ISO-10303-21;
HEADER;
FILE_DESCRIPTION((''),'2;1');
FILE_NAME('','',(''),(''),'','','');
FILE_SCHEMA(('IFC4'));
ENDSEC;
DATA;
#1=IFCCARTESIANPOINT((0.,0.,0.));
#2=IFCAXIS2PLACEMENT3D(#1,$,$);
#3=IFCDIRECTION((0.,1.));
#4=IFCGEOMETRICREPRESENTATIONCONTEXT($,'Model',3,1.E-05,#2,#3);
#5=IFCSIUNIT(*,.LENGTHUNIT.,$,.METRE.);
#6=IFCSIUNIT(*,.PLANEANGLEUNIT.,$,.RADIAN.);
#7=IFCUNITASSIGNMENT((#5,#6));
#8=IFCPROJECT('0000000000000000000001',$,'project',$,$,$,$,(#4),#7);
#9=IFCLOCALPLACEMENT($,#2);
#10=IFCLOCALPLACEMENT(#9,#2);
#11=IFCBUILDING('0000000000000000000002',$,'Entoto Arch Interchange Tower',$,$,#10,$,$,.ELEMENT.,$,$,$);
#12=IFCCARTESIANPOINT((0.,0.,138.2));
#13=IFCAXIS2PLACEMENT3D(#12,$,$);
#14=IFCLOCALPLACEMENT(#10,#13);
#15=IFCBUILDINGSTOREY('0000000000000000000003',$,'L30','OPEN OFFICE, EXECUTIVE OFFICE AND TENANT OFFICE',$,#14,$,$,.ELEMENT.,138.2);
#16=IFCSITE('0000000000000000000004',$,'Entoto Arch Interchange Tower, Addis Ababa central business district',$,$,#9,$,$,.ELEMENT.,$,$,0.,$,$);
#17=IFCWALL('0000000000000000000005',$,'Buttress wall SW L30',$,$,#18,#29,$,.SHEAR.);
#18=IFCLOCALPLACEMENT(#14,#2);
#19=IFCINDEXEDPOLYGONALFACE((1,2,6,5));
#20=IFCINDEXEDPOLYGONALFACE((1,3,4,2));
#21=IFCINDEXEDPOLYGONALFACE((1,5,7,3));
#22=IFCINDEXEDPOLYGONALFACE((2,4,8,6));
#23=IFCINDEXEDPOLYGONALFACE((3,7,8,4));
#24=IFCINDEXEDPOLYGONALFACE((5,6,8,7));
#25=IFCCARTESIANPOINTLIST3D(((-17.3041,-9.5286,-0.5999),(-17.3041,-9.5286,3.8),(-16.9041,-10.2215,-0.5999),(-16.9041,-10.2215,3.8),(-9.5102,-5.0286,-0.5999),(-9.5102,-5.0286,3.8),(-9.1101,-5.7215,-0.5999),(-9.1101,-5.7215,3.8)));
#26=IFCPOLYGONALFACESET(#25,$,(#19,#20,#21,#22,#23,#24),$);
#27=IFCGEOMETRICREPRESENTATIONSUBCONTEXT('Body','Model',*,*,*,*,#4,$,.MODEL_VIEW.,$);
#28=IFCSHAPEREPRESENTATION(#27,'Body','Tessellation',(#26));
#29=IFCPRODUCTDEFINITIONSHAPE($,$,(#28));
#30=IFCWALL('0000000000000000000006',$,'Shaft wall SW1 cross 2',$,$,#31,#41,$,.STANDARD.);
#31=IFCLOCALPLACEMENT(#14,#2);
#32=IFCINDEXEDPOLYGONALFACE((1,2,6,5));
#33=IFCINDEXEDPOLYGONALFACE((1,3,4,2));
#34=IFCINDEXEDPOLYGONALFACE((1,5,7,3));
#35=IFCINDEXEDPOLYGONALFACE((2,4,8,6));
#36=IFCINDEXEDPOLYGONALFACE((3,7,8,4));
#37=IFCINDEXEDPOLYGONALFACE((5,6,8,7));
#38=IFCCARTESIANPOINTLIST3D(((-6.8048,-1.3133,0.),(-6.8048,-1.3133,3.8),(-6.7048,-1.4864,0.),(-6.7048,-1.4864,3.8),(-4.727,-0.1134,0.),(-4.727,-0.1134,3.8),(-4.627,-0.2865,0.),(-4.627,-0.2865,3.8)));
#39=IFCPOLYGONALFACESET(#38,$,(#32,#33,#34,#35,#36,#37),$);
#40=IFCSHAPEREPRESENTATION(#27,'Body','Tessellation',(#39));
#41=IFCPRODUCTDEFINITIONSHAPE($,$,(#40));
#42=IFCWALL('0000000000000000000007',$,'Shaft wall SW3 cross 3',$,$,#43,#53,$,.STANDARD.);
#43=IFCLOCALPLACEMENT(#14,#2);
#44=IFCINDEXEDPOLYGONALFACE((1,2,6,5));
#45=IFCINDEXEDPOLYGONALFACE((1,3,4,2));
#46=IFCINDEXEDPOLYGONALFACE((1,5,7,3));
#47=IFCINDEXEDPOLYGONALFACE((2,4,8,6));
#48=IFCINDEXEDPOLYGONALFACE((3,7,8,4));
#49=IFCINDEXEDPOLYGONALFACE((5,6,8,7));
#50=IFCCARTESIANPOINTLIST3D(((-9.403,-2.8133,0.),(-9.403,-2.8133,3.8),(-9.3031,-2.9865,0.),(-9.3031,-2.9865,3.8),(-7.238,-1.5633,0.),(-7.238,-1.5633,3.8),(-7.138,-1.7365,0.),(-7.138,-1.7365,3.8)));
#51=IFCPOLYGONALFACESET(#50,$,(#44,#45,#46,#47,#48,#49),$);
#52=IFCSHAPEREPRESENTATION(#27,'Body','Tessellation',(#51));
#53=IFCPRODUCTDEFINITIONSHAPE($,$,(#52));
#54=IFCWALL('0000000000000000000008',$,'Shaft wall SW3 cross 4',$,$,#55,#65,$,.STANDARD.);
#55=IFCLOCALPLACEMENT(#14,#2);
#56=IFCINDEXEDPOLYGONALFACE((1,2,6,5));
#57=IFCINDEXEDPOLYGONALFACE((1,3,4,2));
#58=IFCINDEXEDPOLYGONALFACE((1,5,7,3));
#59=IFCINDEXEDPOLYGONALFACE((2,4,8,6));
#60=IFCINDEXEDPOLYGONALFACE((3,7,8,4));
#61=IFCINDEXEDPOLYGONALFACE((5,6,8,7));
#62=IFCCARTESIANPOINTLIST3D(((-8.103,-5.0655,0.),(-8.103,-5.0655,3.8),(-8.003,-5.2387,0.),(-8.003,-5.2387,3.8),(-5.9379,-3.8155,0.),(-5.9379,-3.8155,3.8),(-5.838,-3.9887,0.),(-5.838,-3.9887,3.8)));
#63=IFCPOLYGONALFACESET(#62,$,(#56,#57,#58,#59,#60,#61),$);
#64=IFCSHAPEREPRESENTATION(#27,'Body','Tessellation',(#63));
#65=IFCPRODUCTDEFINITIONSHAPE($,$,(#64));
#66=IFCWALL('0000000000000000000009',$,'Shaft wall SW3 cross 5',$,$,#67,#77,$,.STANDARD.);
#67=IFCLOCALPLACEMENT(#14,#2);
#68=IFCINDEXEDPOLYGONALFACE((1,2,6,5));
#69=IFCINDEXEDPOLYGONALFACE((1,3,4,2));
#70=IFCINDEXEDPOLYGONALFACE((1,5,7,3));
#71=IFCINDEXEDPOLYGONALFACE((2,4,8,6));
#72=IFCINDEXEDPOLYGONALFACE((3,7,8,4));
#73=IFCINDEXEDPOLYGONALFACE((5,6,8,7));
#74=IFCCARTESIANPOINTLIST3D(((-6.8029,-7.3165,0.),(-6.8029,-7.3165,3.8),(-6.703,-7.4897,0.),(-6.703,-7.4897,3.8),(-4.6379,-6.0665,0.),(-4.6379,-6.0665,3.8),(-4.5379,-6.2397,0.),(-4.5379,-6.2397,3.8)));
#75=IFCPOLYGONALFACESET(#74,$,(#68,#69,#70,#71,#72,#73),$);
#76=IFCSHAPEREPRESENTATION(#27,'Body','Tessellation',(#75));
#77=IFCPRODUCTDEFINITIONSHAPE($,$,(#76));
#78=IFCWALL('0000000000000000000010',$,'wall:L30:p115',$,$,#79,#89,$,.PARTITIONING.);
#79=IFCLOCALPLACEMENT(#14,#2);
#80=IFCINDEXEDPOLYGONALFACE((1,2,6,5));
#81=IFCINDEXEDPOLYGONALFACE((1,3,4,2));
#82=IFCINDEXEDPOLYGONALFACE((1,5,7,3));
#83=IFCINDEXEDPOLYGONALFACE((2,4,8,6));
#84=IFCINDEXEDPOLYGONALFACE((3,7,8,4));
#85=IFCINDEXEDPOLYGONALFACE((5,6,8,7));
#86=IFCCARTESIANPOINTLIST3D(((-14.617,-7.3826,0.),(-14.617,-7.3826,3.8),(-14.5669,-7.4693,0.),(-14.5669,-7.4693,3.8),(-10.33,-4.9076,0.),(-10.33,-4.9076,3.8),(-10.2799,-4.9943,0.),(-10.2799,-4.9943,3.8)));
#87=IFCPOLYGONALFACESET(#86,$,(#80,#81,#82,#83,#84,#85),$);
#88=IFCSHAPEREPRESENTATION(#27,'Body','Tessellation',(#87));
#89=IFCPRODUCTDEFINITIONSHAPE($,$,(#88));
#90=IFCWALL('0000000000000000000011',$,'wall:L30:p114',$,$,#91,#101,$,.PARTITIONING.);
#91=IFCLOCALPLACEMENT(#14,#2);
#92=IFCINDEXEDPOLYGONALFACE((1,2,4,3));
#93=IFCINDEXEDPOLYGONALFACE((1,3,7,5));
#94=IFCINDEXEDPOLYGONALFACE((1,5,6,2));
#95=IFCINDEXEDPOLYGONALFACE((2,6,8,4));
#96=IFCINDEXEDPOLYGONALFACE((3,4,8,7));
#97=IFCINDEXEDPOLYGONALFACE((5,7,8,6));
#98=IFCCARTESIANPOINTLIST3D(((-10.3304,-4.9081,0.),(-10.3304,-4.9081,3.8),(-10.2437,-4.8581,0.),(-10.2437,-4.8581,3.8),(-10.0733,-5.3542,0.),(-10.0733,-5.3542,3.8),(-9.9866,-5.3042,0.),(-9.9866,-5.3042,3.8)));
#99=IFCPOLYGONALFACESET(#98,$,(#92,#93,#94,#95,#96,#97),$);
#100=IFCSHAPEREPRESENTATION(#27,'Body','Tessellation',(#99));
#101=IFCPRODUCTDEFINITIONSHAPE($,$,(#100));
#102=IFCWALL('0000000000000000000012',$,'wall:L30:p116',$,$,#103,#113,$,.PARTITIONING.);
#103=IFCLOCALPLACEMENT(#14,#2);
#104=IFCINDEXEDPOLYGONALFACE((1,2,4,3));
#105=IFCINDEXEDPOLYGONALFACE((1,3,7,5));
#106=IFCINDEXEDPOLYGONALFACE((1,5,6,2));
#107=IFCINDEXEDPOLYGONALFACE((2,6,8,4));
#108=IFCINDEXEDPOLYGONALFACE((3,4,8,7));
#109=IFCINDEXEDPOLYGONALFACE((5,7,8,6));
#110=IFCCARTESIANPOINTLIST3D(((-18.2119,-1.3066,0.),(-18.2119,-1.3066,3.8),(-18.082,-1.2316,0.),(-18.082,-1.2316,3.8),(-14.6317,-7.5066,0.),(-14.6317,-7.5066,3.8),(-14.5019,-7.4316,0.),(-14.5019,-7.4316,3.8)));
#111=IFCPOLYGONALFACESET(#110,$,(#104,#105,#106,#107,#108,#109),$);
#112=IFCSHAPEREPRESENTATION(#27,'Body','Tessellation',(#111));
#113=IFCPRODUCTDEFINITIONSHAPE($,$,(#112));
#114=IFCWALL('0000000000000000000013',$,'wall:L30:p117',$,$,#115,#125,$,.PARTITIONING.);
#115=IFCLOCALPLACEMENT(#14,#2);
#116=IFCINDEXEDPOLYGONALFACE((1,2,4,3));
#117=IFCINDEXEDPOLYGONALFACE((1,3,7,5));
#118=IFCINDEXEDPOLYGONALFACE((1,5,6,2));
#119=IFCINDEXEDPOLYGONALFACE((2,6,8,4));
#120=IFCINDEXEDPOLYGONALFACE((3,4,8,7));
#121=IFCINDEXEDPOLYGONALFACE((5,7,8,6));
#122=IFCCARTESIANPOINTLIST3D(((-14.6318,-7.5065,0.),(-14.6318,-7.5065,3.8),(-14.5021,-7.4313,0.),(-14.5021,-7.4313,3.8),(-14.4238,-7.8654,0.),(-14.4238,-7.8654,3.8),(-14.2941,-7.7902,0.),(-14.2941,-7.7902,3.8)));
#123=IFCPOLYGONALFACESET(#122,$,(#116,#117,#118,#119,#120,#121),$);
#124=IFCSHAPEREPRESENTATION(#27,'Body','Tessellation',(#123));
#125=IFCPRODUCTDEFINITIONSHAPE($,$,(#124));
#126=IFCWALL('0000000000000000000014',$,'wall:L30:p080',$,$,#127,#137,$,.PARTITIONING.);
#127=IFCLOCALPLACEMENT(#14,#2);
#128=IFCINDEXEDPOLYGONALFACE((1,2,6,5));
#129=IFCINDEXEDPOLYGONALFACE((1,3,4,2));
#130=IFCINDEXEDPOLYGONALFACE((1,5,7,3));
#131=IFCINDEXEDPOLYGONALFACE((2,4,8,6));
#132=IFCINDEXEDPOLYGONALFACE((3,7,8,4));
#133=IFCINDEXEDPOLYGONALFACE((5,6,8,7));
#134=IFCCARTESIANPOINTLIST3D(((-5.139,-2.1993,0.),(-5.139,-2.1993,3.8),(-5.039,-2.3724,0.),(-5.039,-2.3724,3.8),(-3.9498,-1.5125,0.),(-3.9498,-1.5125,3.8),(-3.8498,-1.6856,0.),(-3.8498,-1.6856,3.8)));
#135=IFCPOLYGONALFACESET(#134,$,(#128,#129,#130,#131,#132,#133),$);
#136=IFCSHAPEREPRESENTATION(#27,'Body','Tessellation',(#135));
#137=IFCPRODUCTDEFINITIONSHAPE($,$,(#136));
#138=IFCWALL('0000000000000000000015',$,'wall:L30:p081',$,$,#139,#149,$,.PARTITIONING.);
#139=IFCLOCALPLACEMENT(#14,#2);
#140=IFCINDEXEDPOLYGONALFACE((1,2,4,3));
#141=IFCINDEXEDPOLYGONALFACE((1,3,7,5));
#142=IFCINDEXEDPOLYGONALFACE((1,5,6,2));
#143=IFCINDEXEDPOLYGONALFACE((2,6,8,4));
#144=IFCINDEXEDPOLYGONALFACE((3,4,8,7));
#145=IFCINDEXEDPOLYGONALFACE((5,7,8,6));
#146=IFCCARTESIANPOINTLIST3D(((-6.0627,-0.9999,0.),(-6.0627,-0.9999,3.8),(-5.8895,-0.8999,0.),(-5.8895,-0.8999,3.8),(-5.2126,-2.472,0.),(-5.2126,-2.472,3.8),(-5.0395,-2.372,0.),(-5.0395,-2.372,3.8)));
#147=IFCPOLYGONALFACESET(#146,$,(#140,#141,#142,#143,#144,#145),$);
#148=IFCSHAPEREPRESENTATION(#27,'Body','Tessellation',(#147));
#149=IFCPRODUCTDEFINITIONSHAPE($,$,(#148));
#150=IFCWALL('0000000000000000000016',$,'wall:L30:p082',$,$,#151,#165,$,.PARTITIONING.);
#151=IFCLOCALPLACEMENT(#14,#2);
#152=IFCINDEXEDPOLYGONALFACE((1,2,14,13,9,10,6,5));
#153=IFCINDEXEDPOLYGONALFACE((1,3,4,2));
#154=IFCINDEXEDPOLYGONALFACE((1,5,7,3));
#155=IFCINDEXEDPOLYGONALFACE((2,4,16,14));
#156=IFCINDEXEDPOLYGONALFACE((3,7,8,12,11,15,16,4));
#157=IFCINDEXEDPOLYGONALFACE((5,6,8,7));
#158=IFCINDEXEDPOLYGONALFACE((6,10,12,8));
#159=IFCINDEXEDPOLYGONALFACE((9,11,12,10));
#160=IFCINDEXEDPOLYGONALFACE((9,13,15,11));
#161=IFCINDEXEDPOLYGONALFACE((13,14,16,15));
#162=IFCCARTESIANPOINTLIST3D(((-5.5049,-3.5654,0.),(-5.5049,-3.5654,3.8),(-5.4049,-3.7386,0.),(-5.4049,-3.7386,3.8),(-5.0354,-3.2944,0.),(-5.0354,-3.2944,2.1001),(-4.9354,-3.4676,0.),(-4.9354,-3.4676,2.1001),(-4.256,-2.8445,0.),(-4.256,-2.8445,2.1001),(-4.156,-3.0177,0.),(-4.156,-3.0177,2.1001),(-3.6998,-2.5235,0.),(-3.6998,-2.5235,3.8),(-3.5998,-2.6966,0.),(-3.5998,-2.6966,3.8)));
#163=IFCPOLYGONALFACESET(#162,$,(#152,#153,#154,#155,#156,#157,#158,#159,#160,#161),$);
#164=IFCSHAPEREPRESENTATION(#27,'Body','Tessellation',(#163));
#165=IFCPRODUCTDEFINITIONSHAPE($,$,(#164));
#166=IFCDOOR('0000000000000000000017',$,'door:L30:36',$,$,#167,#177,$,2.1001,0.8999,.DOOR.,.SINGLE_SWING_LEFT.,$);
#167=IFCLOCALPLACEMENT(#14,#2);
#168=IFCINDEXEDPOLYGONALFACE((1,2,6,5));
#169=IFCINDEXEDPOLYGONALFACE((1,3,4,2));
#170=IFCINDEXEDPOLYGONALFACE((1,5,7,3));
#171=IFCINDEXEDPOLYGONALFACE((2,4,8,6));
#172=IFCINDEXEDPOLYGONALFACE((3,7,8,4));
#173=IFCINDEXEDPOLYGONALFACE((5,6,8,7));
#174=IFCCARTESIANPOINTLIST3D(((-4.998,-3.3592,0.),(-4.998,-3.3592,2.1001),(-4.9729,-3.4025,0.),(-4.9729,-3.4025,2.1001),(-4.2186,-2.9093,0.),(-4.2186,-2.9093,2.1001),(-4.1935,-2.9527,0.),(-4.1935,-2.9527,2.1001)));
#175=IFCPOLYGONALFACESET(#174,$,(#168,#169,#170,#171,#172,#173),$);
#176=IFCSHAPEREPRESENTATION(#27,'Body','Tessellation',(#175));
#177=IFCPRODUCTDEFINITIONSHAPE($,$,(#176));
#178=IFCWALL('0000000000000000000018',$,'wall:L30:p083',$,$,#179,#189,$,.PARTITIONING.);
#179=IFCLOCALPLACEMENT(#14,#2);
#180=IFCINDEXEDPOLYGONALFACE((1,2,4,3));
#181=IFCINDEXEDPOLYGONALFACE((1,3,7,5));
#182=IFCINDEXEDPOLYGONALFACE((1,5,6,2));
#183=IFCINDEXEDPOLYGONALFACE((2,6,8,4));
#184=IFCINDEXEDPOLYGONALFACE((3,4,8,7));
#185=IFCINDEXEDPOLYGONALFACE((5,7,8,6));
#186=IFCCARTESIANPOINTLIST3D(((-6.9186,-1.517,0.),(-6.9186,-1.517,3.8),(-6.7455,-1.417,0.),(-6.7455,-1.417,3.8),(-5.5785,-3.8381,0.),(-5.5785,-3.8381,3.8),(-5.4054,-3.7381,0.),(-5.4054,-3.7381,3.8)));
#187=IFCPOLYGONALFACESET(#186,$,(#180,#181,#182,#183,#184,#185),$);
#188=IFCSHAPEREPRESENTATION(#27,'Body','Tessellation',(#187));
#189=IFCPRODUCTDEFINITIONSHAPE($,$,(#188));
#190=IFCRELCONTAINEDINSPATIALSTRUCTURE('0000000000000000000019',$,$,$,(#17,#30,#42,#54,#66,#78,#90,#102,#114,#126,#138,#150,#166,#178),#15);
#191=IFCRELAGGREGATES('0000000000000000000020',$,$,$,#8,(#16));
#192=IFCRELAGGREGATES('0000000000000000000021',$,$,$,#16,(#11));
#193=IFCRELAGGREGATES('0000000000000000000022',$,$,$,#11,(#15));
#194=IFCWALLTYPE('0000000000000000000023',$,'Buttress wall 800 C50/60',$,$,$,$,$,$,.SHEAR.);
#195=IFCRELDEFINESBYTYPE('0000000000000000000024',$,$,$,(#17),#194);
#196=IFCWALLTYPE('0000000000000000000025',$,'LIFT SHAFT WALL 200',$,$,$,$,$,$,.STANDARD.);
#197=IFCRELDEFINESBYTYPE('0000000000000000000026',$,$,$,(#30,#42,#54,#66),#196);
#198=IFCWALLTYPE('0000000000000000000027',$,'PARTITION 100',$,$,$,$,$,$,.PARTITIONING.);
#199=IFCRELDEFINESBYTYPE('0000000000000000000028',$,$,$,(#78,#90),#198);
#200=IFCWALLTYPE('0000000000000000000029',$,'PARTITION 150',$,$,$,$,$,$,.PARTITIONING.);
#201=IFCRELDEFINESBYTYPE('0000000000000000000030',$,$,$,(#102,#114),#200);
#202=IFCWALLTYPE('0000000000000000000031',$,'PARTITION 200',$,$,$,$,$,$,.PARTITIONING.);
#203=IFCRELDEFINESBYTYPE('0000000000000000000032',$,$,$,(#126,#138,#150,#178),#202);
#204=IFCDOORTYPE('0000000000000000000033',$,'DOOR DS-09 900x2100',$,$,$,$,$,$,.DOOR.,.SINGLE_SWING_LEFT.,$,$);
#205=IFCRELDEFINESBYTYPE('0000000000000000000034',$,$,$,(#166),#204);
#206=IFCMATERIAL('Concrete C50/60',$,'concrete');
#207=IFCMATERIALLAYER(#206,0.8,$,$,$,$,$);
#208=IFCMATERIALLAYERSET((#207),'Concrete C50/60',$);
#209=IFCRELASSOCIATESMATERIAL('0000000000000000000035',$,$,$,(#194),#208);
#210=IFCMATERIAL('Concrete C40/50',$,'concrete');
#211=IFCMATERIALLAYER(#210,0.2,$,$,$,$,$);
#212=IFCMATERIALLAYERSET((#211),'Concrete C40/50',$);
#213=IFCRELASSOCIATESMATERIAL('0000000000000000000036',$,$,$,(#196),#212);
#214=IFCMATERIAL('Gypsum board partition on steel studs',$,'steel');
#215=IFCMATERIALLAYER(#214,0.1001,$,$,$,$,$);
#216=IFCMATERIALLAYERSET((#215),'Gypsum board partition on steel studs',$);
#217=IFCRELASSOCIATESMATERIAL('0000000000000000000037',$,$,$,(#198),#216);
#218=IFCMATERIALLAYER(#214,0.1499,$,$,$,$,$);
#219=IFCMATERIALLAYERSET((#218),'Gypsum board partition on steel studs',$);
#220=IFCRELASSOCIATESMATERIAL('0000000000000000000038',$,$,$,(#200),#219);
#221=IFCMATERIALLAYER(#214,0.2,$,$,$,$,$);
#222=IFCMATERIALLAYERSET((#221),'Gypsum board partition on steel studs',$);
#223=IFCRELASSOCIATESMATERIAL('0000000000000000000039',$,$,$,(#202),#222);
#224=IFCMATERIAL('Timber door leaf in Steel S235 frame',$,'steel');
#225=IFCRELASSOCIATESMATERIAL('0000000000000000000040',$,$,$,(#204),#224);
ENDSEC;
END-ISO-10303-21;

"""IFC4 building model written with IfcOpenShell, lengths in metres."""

from ifc_helpers import new_model, si_unit, direction, frame, frame_2d, origin, place, context, subcontext, project, spatial, rectangle, extrude, material, layer, layer_set, type_object, element, fill, save


model = new_model("IFC4")

# Units and contexts
model_context = context("Model", 3, precision=1e-05, world=origin(), true_north=direction((0.0, 1.0)))
body_context = subcontext(model_context, "Body", "Model", "MODEL_VIEW")
ifc_project = project(units=[si_unit("LENGTHUNIT", "METRE"), si_unit("PLANEANGLEUNIT", "RADIAN")], contexts=[model_context])

# Site, building, storey
site_placement = place(None, origin())
site = spatial("IfcSite", under=ifc_project, at=site_placement, Name="Entoto Arch Interchange Tower, Addis Ababa central business district", CompositionType="ELEMENT", RefElevation=0.0)
building_placement = place(site_placement, origin())
building = spatial("IfcBuilding", under=site, at=building_placement, Name="Entoto Arch Interchange Tower", CompositionType="ELEMENT")
storey_placement = place(building_placement, frame((0.0, 0.0, 138.2)))
storey = spatial("IfcBuildingStorey", under=building, at=storey_placement, Name="L30", Description="OPEN OFFICE, EXECUTIVE OFFICE AND TENANT OFFICE", CompositionType="ELEMENT", Elevation=138.2)

# Walls
ifc_material_1 = material(Name="Concrete C50/60", Category="concrete")
ifc_layer_1 = layer(ifc_material_1, 0.8)
ifc_layer_set_1 = layer_set([ifc_layer_1], Name="Concrete C50/60")
wall_type_1 = type_object("IfcWallType", Name="Buttress wall 800 C50/60", PredefinedType="SHEAR", material=ifc_layer_set_1)
wall_1_placement = place(storey_placement, frame((-9.3101, -5.375, -0.5999), z_axis=(0.0, 0.0, 1.0), x_axis=(-0.866018, -0.500014, 0.0)))
element("IfcWall", 1, at=wall_1_placement, inside=storey, type_object=wall_type_1, Name="Buttress wall SW L30", PredefinedType="SHEAR", context=body_context, shape_type="SweptSolid", body=[
    extrude(rectangle(XDim=8.9998, YDim=0.8, at=frame_2d((4.5, 0.0))), origin(), (0.0, 0.0, 1.0), 4.3999),
])
ifc_material_2 = material(Name="Concrete C40/50", Category="concrete")
ifc_layer_2 = layer(ifc_material_2, 0.2)
ifc_layer_set_2 = layer_set([ifc_layer_2], Name="Concrete C40/50")
wall_type_2 = type_object("IfcWallType", Name="LIFT SHAFT WALL 200", PredefinedType="STANDARD", material=ifc_layer_set_2)
wall_2_placement = place(storey_placement, frame((-4.677, -0.2, 0.0), z_axis=(0.0, 0.0, 1.0), x_axis=(-0.865974, -0.500089, 0.0)))
element("IfcWall", 2, at=wall_2_placement, inside=storey, type_object=wall_type_2, Name="Shaft wall SW1 cross 2", PredefinedType="STANDARD", context=body_context, shape_type="SweptSolid", body=[
    extrude(rectangle(XDim=2.3994, YDim=0.2, at=frame_2d((1.1997, 0.0))), origin(), (0.0, 0.0, 1.0), 3.8),
])
for number, where, z_axis, x_axis, name in (
    (3, (-7.188, -1.6499, 0.0), (0.0, 0.0, 1.0), (-0.866023, -0.500004, 0.0), "Shaft wall SW3 cross 3"),
    (4, (-5.8879, -3.9021, 0.0), (0.0, 0.0, 1.0), (-0.866023, -0.500004, 0.0), "Shaft wall SW3 cross 4"),
    (5, (-4.5879, -6.1531, 0.0), (0.0, 0.0, 1.0), (-0.866023, -0.500004, 0.0), "Shaft wall SW3 cross 5"),
):
    element("IfcWall", number, at=place(storey_placement, frame(where, z_axis=z_axis, x_axis=x_axis)), inside=storey, type_object=wall_type_2, Name=name, PredefinedType="STANDARD", context=body_context, shape_type="SweptSolid", body=[
        extrude(rectangle(XDim=2.5, YDim=0.2, at=frame_2d((1.25, 0.0))), origin(), (0.0, 0.0, 1.0), 3.8),
    ])
ifc_material_3 = material(Name="Gypsum board partition on steel studs", Category="steel")
ifc_layer_3 = layer(ifc_material_3, 0.1001)
ifc_layer_set_3 = layer_set([ifc_layer_3], Name="Gypsum board partition on steel studs")
wall_type_3 = type_object("IfcWallType", Name="PARTITION 100", PredefinedType="PARTITIONING", material=ifc_layer_set_3)
wall_3_placement = place(storey_placement, frame((-10.3049, -4.9509, 0.0), z_axis=(0.0, 0.0, 1.0), x_axis=(-0.866031, -0.49999, 0.0)))
element("IfcWall", 6, at=wall_3_placement, inside=storey, type_object=wall_type_3, Name="wall:L30:p115", PredefinedType="PARTITIONING", context=body_context, shape_type="SweptSolid", body=[
    extrude(rectangle(XDim=4.9502, YDim=0.1001, at=frame_2d((2.4751, 0.0))), origin(), (0.0, 0.0, 1.0), 3.8),
])
wall_4_placement = place(storey_placement, frame((-10.03, -5.3291, 0.0), z_axis=(0.0, 0.0, 1.0), x_axis=(-0.499353, 0.866399, 0.0)))
element("IfcWall", 7, at=wall_4_placement, inside=storey, type_object=wall_type_3, Name="wall:L30:p114", PredefinedType="PARTITIONING", context=body_context, shape_type="SweptSolid", body=[
    extrude(rectangle(XDim=0.5149, YDim=0.1001, at=frame_2d((0.2573, 0.0))), origin(), (0.0, 0.0, 1.0), 3.8),
])
ifc_layer_4 = layer(ifc_material_3, 0.1499)
ifc_layer_set_4 = layer_set([ifc_layer_4], Name="Gypsum board partition on steel studs")
wall_type_4 = type_object("IfcWallType", Name="PARTITION 150", PredefinedType="PARTITIONING", material=ifc_layer_set_4)
wall_5_placement = place(storey_placement, frame((-14.5669, -7.469, 0.0), z_axis=(0.0, 0.0, 1.0), x_axis=(-0.500056, 0.865993, 0.0)))
element("IfcWall", 8, at=wall_5_placement, inside=storey, type_object=wall_type_4, Name="wall:L30:p116", PredefinedType="PARTITIONING", context=body_context, shape_type="SweptSolid", body=[
    extrude(rectangle(XDim=7.1594, YDim=0.1499, at=frame_2d((3.5796, 0.0))), origin(), (0.0, 0.0, 1.0), 3.8),
])
wall_6_placement = place(storey_placement, frame((-14.3589, -7.8279, 0.0), z_axis=(0.0, 0.0, 1.0), x_axis=(-0.501454, 0.865184, 0.0)))
element("IfcWall", 9, at=wall_6_placement, inside=storey, type_object=wall_type_4, Name="wall:L30:p117", PredefinedType="PARTITIONING", context=body_context, shape_type="SweptSolid", body=[
    extrude(rectangle(XDim=0.4148, YDim=0.1499, at=frame_2d((0.2075, 0.0))), origin(), (0.0, 0.0, 1.0), 3.8),
])
ifc_layer_5 = layer(ifc_material_3, 0.2)
ifc_layer_set_5 = layer_set([ifc_layer_5], Name="Gypsum board partition on steel studs")
wall_type_5 = type_object("IfcWallType", Name="PARTITION 200", PredefinedType="PARTITIONING", material=ifc_layer_set_5)
wall_7_placement = place(storey_placement, frame((-3.8999, -1.5991, 0.0), z_axis=(0.0, 0.0, 1.0), x_axis=(-0.865969, -0.500097, 0.0)))
element("IfcWall", 10, at=wall_7_placement, inside=storey, type_object=wall_type_5, Name="wall:L30:p080", PredefinedType="PARTITIONING", context=body_context, shape_type="SweptSolid", body=[
    extrude(rectangle(XDim=1.3733, YDim=0.2, at=frame_2d((0.6865, 0.0))), origin(), (0.0, 0.0, 1.0), 3.8),
])
wall_8_placement = place(storey_placement, frame((-5.126, -2.4221, 0.0), z_axis=(0.0, 0.0, 1.0), x_axis=(-0.500062, 0.865989, 0.0)))
element("IfcWall", 11, at=wall_8_placement, inside=storey, type_object=wall_type_5, Name="wall:L30:p081", PredefinedType="PARTITIONING", context=body_context, shape_type="SweptSolid", body=[
    extrude(rectangle(XDim=1.7, YDim=0.2, at=frame_2d((0.8501, 0.0))), origin(), (0.0, 0.0, 1.0), 3.8),
])

# Wall, opening, door
wall_9_placement = place(storey_placement, frame((-3.6499, -2.6101, 0.0), z_axis=(0.0, 0.0, 1.0), x_axis=(-0.866072, -0.499918, 0.0)))
wall_9 = element("IfcWall", 12, at=wall_9_placement, inside=storey, type_object=wall_type_5, Name="wall:L30:p082", PredefinedType="PARTITIONING", context=body_context, shape_type="SweptSolid", body=[
    extrude(rectangle(XDim=2.0842, YDim=0.2, at=frame_2d((1.042, 0.0))), origin(), (0.0, 0.0, 1.0), 3.8),
])
opening_1_placement = place(wall_9_placement, frame((0.6421, 0.0, 0.0)))
opening_1 = element("IfcOpeningElement", 13, at=opening_1_placement, cuts=wall_9, PredefinedType="OPENING", context=body_context, shape_type="SweptSolid", body=[
    extrude(rectangle(XDim=0.8999, YDim=2.1001, at=frame_2d((0.45, 1.05))), frame((0.0, 0.1099, 0.0), z_axis=(0.0, -1.0, 0.0), x_axis=(1.0, 0.0, 0.0)), (0.0, 0.0, 1.0), 0.22),
])
ifc_material_4 = material(Name="Timber door leaf in Steel S235 frame", Category="steel")
door_type_1 = type_object("IfcDoorType", Name="DOOR DS-09 900x2100", OperationType="SINGLE_SWING_LEFT", PredefinedType="DOOR", material=ifc_material_4)
door_1_placement = place(opening_1_placement, origin())
door_1 = element("IfcDoor", 14, at=door_1_placement, inside=storey, type_object=door_type_1, Name="door:L30:36", OperationType="SINGLE_SWING_LEFT", OverallHeight=2.1001, OverallWidth=0.8999, PredefinedType="DOOR", context=body_context, shape_type="SweptSolid", body=[
    extrude(rectangle(XDim=0.8999, YDim=2.1001, at=frame_2d((0.45, 1.05))), frame((0.0, 0.0249, 0.0), z_axis=(0.0, -1.0, 0.0), x_axis=(1.0, 0.0, 0.0)), (0.0, 0.0, 1.0), 0.05),
])
fill(opening_1, door_1)

# Wall
wall_10_placement = place(storey_placement, frame((-5.4919, -3.7881, 0.0), z_axis=(0.0, 0.0, 1.0), x_axis=(-0.500009, 0.86602, 0.0)))
element("IfcWall", 15, at=wall_10_placement, inside=storey, type_object=wall_type_5, Name="wall:L30:p083", PredefinedType="PARTITIONING", context=body_context, shape_type="SweptSolid", body=[
    extrude(rectangle(XDim=2.6802, YDim=0.2, at=frame_2d((1.3401, 0.0))), origin(), (0.0, 0.0, 1.0), 3.8),
])

save(model, "model.ifc")
